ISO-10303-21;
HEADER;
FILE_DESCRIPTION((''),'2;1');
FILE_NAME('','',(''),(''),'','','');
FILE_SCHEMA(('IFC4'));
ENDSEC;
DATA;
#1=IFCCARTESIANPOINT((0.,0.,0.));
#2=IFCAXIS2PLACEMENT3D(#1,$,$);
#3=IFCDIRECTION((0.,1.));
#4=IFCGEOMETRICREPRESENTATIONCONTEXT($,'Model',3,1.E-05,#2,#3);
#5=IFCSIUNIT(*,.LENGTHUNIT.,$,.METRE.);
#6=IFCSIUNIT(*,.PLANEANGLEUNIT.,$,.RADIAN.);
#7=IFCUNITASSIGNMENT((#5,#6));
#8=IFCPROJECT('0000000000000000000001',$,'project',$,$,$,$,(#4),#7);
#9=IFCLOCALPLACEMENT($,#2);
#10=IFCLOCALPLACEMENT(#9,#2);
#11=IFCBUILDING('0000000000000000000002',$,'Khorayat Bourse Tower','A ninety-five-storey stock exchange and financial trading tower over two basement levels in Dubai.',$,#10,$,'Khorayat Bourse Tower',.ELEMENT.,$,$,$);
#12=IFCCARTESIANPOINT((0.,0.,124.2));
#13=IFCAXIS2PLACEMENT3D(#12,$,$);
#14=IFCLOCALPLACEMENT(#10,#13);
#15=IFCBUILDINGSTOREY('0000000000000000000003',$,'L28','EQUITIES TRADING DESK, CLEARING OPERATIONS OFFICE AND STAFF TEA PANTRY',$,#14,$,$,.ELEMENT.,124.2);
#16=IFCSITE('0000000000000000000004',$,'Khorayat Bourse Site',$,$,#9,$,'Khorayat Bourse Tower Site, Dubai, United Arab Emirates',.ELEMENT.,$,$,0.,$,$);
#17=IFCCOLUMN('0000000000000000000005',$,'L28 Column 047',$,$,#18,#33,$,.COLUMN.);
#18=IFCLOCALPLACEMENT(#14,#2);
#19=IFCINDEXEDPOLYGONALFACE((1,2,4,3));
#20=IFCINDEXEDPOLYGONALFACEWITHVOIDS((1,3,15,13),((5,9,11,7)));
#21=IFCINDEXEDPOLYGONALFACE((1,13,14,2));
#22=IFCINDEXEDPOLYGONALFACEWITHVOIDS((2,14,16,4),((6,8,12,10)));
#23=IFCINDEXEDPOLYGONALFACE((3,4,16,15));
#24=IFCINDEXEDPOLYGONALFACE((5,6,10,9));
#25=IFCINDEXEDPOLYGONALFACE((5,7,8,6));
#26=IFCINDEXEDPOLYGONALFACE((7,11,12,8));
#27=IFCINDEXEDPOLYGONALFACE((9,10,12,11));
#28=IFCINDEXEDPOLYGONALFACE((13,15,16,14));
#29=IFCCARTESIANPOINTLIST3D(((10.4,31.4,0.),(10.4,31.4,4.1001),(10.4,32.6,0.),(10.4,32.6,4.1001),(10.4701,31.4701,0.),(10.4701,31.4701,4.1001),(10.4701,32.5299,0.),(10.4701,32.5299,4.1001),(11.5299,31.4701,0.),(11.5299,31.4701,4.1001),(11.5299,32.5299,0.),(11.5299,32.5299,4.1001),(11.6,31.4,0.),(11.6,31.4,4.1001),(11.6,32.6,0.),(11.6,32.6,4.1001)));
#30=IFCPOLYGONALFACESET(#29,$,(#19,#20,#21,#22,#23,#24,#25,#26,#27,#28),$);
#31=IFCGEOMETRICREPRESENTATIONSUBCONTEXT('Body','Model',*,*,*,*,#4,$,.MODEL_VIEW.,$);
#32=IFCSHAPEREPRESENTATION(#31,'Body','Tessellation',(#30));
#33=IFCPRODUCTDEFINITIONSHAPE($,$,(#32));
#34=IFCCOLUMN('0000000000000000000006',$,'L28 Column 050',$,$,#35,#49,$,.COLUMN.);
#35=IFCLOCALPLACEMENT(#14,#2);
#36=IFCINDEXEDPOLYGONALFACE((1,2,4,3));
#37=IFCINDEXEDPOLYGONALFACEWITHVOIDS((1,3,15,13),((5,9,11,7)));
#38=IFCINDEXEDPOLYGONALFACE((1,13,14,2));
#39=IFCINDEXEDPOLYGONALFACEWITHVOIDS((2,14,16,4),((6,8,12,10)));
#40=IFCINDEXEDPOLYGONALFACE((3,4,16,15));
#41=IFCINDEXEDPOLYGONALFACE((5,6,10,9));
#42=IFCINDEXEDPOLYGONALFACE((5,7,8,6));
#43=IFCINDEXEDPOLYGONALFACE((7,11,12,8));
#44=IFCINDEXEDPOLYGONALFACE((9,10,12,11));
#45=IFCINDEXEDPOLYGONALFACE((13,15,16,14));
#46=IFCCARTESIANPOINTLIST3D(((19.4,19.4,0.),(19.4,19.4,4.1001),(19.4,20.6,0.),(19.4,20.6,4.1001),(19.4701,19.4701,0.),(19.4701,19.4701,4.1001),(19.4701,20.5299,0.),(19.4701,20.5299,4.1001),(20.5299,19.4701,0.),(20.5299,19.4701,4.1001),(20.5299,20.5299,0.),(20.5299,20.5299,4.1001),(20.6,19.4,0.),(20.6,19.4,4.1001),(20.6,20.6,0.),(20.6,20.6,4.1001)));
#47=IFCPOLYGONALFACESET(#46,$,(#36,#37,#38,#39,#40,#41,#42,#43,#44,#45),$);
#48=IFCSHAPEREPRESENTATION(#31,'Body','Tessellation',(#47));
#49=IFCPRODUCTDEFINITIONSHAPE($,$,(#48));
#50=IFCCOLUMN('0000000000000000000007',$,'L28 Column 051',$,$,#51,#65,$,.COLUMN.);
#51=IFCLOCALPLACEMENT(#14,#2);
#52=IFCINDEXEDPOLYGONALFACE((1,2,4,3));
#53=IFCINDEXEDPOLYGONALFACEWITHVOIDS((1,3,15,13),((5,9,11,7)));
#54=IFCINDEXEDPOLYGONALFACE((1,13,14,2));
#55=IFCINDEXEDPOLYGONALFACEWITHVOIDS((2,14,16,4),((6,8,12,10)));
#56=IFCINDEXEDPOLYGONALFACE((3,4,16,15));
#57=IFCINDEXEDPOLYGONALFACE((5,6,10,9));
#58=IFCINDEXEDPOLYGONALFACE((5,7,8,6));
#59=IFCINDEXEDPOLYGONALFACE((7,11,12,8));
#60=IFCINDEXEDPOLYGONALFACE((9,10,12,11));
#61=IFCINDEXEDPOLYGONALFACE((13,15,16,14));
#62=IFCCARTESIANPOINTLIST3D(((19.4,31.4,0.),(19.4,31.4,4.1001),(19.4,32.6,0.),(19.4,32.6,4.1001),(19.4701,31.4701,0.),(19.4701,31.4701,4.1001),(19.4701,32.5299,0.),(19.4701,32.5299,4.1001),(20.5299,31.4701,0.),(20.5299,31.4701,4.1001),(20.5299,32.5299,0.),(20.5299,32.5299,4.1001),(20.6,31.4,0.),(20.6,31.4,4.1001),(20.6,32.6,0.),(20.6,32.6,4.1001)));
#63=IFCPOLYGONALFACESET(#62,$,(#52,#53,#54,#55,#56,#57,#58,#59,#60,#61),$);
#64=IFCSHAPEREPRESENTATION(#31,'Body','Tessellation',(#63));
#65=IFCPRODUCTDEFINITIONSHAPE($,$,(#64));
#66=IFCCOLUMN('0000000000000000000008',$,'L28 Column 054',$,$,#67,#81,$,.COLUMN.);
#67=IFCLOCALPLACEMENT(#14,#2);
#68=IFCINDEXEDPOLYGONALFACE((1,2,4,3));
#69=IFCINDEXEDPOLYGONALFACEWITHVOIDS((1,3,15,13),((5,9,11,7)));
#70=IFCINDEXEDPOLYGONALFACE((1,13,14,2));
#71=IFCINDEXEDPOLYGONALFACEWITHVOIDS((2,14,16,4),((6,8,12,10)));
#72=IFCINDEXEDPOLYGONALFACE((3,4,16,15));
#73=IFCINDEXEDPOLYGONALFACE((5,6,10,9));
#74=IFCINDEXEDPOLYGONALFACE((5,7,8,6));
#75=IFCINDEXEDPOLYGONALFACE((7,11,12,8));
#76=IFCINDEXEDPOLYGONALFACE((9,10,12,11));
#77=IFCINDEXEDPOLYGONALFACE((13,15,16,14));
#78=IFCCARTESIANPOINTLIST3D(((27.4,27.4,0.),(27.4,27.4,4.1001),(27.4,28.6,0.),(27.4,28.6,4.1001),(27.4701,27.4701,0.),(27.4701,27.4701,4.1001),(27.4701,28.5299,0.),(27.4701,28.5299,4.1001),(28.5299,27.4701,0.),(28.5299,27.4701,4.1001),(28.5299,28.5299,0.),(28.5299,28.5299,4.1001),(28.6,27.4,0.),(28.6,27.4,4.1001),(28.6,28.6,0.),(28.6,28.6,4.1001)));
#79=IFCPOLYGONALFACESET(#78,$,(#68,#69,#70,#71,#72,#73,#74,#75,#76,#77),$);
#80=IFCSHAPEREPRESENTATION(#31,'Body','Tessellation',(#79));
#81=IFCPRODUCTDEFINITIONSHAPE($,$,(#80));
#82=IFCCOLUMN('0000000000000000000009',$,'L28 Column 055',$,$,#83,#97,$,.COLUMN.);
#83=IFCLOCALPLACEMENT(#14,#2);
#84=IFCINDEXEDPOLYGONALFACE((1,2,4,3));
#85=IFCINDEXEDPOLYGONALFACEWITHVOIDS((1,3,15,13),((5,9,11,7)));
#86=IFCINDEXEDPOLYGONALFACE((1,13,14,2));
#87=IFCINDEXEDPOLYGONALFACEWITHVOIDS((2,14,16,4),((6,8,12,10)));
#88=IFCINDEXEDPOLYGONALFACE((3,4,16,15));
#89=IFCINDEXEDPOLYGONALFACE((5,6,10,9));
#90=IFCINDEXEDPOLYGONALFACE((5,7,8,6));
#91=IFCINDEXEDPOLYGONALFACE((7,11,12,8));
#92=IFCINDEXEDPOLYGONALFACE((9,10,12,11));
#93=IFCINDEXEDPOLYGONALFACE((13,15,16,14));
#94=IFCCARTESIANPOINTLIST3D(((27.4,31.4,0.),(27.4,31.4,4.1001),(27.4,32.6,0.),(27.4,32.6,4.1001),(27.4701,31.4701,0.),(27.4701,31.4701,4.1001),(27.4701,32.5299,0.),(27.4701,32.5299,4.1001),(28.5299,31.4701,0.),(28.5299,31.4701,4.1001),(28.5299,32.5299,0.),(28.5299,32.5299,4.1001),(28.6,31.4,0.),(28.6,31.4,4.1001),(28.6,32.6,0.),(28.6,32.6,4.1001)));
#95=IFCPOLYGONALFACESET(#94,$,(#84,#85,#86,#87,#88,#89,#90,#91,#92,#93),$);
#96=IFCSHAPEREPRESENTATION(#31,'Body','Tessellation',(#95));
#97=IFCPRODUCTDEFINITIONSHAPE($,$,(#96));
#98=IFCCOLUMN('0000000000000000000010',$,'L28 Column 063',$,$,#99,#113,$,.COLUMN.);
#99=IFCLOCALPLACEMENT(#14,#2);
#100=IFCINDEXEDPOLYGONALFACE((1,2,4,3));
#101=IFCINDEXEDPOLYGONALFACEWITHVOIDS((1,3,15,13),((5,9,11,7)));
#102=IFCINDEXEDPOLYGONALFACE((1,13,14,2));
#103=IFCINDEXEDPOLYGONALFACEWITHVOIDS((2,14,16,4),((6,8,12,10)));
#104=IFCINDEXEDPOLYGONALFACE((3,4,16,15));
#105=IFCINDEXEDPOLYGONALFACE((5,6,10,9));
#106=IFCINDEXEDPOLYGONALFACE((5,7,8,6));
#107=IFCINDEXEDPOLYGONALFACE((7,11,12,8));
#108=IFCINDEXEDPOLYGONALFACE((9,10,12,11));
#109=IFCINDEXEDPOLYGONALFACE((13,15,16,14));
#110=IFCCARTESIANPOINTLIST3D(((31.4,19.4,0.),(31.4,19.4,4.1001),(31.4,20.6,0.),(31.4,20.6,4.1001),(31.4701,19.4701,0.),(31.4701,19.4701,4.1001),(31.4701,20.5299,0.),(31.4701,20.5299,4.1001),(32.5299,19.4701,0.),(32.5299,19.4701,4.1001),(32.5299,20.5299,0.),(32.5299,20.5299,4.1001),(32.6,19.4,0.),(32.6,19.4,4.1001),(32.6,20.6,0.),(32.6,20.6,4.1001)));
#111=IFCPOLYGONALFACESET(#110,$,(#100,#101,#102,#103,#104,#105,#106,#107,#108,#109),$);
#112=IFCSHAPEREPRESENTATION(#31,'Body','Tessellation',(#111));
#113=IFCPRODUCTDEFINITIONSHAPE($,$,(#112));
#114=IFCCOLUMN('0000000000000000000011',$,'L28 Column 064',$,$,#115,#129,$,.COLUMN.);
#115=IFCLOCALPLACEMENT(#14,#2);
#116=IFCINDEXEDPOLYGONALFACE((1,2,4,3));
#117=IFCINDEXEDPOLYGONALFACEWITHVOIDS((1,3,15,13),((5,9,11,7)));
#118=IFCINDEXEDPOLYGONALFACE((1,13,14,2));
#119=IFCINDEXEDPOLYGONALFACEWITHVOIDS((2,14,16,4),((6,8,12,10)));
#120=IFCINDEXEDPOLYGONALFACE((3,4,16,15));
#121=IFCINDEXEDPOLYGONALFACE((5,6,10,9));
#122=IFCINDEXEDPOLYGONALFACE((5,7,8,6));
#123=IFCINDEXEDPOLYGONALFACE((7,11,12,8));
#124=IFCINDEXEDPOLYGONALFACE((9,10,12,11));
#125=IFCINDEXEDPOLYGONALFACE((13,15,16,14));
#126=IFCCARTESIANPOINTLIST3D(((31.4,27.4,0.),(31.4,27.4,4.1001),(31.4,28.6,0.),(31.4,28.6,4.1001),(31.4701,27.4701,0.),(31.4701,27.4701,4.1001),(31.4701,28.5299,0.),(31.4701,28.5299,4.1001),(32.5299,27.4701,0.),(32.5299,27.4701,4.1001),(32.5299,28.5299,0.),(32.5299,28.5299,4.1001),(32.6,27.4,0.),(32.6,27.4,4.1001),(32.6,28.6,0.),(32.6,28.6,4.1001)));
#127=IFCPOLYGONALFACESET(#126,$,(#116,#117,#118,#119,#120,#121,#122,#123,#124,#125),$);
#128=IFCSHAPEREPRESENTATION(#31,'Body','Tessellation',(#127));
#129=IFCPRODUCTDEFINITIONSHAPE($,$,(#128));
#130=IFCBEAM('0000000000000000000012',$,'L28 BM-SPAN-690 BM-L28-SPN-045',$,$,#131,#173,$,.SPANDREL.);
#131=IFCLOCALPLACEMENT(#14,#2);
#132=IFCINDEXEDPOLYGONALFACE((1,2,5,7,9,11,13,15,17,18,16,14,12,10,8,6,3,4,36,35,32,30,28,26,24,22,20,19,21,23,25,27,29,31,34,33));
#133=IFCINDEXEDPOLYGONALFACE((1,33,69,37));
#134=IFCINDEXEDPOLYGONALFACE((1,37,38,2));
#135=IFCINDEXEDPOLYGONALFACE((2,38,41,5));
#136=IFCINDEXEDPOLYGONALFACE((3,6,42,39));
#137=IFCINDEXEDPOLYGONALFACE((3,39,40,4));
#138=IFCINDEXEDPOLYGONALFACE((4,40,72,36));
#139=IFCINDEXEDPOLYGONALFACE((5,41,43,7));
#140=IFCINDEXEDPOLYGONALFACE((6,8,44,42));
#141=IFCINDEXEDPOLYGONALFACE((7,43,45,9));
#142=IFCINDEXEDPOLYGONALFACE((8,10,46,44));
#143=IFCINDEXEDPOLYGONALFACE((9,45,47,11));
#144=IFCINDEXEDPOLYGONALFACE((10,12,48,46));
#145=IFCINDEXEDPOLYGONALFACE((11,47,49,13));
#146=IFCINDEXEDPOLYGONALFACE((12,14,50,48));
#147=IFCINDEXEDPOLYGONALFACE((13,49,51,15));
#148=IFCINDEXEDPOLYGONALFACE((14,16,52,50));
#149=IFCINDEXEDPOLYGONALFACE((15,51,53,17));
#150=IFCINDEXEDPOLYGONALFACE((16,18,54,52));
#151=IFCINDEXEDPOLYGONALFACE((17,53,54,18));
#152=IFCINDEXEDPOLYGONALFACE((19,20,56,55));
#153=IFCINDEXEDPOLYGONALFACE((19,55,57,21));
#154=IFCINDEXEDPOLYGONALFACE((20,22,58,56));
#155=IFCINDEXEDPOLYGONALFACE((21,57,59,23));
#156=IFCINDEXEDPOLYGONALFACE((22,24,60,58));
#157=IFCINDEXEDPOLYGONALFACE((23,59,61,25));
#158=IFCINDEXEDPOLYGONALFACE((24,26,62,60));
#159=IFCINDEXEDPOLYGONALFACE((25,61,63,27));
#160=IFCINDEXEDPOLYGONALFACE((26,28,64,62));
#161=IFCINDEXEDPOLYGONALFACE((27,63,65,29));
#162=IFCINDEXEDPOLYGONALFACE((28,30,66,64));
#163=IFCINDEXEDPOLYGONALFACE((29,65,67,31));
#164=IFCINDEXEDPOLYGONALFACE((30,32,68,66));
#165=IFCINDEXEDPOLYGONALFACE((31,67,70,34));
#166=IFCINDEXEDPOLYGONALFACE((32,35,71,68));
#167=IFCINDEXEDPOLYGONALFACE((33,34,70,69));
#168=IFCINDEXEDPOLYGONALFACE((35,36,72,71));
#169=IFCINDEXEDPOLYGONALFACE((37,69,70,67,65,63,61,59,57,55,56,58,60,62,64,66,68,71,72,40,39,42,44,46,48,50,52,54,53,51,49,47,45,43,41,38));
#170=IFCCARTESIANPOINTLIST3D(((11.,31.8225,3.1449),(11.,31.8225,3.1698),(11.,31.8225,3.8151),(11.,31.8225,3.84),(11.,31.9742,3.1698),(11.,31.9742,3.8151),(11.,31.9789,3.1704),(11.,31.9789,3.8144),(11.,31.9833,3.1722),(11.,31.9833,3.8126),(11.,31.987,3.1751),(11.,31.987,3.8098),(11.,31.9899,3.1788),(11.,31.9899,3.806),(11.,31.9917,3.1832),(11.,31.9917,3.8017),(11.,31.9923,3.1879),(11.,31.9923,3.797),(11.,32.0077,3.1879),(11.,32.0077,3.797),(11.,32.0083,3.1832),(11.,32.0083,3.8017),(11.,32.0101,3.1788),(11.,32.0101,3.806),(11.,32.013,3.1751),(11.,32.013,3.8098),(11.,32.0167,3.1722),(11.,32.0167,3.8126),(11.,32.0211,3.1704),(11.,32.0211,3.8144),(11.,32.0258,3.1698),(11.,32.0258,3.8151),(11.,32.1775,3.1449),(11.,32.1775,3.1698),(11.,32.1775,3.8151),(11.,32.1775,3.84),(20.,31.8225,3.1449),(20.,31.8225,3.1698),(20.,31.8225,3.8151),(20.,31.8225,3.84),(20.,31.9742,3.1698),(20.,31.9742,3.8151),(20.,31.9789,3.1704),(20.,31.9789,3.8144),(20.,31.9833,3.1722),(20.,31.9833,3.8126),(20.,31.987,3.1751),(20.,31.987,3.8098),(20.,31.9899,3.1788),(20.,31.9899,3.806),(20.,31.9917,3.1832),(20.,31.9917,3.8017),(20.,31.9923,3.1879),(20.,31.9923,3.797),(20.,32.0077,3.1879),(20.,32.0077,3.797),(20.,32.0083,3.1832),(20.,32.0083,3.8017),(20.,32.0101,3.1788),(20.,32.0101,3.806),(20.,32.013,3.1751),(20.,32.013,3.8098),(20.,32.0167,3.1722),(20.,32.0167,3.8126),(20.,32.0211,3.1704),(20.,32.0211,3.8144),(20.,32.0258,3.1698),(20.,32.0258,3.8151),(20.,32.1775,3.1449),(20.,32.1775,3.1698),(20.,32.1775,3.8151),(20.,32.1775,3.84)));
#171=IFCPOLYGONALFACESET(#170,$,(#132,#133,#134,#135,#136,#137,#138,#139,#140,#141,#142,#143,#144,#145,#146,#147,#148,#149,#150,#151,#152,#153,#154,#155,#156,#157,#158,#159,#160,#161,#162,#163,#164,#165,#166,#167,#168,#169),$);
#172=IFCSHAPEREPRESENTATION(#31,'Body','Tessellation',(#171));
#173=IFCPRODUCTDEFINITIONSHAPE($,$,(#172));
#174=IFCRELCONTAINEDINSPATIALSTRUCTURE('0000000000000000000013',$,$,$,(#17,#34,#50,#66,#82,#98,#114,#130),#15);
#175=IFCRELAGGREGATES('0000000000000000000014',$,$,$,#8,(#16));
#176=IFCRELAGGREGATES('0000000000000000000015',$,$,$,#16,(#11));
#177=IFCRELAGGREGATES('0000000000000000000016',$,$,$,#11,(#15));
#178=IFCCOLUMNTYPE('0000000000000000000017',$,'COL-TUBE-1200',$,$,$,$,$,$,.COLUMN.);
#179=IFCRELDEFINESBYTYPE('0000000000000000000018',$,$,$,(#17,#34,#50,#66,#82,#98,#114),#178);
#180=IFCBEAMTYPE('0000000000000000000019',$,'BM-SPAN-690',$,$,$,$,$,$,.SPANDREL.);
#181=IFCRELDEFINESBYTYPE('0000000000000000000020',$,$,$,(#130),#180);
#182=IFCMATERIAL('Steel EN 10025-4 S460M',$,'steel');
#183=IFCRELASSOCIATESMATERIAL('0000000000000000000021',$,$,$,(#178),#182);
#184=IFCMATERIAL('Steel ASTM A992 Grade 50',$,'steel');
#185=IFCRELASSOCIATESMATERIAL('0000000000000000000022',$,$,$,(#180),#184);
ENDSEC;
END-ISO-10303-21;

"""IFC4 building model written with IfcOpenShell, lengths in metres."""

from ifc_helpers import new_model, si_unit, direction, frame, origin, origin_2d, place, context, subcontext, project, spatial, hollow_rectangle, i_section, extrude, source, transform, mapped, material, material_profile, profile_set, type_object, element, save


model = new_model("IFC4")

# Units and contexts
model_context = context("Model", 3, precision=1e-05, world=origin(), true_north=direction((0.0, 1.0)))
body_context = subcontext(model_context, "Body", "Model", "MODEL_VIEW")
ifc_project = project(units=[si_unit("LENGTHUNIT", "METRE"), si_unit("PLANEANGLEUNIT", "RADIAN")], contexts=[model_context])

# Site, building, storey
site_placement = place(None, origin())
site = spatial("IfcSite", under=ifc_project, at=site_placement, Name="Khorayat Bourse Site", LongName="Khorayat Bourse Tower Site, Dubai, United Arab Emirates", CompositionType="ELEMENT", RefElevation=0.0)
building_placement = place(site_placement, origin())
building = spatial("IfcBuilding", under=site, at=building_placement, Name="Khorayat Bourse Tower", Description="A ninety-five-storey stock exchange and financial trading tower over two basement levels in Dubai.", LongName="Khorayat Bourse Tower", CompositionType="ELEMENT")
storey_placement = place(building_placement, frame((0.0, 0.0, 124.2)))
storey = spatial("IfcBuildingStorey", under=building, at=storey_placement, Name="L28", Description="EQUITIES TRADING DESK, CLEARING OPERATIONS OFFICE AND STAFF TEA PANTRY", CompositionType="ELEMENT", Elevation=124.2)

# Columns
ifc_material_1 = material(Name="Steel EN 10025-4 S460M", Category="steel")
ifc_material_profile_1 = material_profile(ifc_material_1, hollow_rectangle(XDim=1.2, YDim=1.2, WallThickness=0.0701, at=origin_2d()), Name="BOX 1200x1200x70")
ifc_profile_set_1 = profile_set([ifc_material_profile_1], Name="Steel EN 10025-4 S460M")
column_type = type_object("IfcColumnType", Name="COL-TUBE-1200", PredefinedType="COLUMN", material=ifc_profile_set_1)
shared_shape_1 = source(origin(), body_context, "Body", "SweptSolid", [
    extrude(hollow_rectangle(XDim=1.2, YDim=1.2, WallThickness=0.0701, at=origin_2d()), origin(), (0.0, 0.0, 1.0), 4.1001),
])
for number, where, z_axis, x_axis, name in (
    (1, (11.0, 32.0, 0.0), (0.0, 0.0, 1.0), (1.0, 0.0, 0.0), "L28 Column 047"),
    (2, (20.0, 20.0, 0.0), (0.0, 0.0, 1.0), (1.0, 0.0, 0.0), "L28 Column 050"),
    (3, (20.0, 32.0, 0.0), (0.0, 0.0, 1.0), (1.0, 0.0, 0.0), "L28 Column 051"),
    (4, (28.0, 28.0, 0.0), (0.0, 0.0, 1.0), (1.0, 0.0, 0.0), "L28 Column 054"),
    (5, (28.0, 32.0, 0.0), (0.0, 0.0, 1.0), (1.0, 0.0, 0.0), "L28 Column 055"),
    (6, (32.0, 20.0, 0.0), (0.0, 0.0, 1.0), (1.0, 0.0, 0.0), "L28 Column 063"),
    (7, (32.0, 28.0, 0.0), (0.0, 0.0, 1.0), (1.0, 0.0, 0.0), "L28 Column 064"),
):
    element("IfcColumn", number, at=place(storey_placement, frame(where, z_axis=z_axis, x_axis=x_axis)), inside=storey, type_object=column_type, Name=name, PredefinedType="COLUMN", context=body_context, shape_type="MappedRepresentation", body=[
        mapped(shared_shape_1, transform((0.0, 0.0, 0.0), scale=1.0)),
    ])

# Beam
ifc_material_2 = material(Name="Steel ASTM A992 Grade 50", Category="steel")
ifc_material_profile_2 = material_profile(ifc_material_2, i_section(OverallWidth=0.355, OverallDepth=0.6951, WebThickness=0.0154, FlangeThickness=0.0249, FilletRadius=0.0181, at=origin_2d()), Name="W690X217")
ifc_profile_set_2 = profile_set([ifc_material_profile_2], Name="Steel ASTM A992 Grade 50")
beam_type_1 = type_object("IfcBeamType", Name="BM-SPAN-690", PredefinedType="SPANDREL", material=ifc_profile_set_2)
shared_shape_2 = source(origin(), body_context, "Body", "SweptSolid", [
    extrude(i_section(OverallWidth=0.355, OverallDepth=0.6951, WebThickness=0.0154, FlangeThickness=0.0249, FilletRadius=0.0181, at=origin_2d()), origin(), (0.0, 0.0, 1.0), 9.0),
])
beam_1_placement = place(storey_placement, frame((11.0, 32.0, 3.4924), z_axis=(1.0, 0.0, 0.0), x_axis=(0.0, 1.0, 0.0)))
element("IfcBeam", 8, at=beam_1_placement, inside=storey, type_object=beam_type_1, Name="L28 BM-SPAN-690 BM-L28-SPN-045", PredefinedType="SPANDREL", context=body_context, shape_type="MappedRepresentation", body=[
    mapped(shared_shape_2, transform((0.0, 0.0, 0.0), scale=1.0)),
])

save(model, "model.ifc")
